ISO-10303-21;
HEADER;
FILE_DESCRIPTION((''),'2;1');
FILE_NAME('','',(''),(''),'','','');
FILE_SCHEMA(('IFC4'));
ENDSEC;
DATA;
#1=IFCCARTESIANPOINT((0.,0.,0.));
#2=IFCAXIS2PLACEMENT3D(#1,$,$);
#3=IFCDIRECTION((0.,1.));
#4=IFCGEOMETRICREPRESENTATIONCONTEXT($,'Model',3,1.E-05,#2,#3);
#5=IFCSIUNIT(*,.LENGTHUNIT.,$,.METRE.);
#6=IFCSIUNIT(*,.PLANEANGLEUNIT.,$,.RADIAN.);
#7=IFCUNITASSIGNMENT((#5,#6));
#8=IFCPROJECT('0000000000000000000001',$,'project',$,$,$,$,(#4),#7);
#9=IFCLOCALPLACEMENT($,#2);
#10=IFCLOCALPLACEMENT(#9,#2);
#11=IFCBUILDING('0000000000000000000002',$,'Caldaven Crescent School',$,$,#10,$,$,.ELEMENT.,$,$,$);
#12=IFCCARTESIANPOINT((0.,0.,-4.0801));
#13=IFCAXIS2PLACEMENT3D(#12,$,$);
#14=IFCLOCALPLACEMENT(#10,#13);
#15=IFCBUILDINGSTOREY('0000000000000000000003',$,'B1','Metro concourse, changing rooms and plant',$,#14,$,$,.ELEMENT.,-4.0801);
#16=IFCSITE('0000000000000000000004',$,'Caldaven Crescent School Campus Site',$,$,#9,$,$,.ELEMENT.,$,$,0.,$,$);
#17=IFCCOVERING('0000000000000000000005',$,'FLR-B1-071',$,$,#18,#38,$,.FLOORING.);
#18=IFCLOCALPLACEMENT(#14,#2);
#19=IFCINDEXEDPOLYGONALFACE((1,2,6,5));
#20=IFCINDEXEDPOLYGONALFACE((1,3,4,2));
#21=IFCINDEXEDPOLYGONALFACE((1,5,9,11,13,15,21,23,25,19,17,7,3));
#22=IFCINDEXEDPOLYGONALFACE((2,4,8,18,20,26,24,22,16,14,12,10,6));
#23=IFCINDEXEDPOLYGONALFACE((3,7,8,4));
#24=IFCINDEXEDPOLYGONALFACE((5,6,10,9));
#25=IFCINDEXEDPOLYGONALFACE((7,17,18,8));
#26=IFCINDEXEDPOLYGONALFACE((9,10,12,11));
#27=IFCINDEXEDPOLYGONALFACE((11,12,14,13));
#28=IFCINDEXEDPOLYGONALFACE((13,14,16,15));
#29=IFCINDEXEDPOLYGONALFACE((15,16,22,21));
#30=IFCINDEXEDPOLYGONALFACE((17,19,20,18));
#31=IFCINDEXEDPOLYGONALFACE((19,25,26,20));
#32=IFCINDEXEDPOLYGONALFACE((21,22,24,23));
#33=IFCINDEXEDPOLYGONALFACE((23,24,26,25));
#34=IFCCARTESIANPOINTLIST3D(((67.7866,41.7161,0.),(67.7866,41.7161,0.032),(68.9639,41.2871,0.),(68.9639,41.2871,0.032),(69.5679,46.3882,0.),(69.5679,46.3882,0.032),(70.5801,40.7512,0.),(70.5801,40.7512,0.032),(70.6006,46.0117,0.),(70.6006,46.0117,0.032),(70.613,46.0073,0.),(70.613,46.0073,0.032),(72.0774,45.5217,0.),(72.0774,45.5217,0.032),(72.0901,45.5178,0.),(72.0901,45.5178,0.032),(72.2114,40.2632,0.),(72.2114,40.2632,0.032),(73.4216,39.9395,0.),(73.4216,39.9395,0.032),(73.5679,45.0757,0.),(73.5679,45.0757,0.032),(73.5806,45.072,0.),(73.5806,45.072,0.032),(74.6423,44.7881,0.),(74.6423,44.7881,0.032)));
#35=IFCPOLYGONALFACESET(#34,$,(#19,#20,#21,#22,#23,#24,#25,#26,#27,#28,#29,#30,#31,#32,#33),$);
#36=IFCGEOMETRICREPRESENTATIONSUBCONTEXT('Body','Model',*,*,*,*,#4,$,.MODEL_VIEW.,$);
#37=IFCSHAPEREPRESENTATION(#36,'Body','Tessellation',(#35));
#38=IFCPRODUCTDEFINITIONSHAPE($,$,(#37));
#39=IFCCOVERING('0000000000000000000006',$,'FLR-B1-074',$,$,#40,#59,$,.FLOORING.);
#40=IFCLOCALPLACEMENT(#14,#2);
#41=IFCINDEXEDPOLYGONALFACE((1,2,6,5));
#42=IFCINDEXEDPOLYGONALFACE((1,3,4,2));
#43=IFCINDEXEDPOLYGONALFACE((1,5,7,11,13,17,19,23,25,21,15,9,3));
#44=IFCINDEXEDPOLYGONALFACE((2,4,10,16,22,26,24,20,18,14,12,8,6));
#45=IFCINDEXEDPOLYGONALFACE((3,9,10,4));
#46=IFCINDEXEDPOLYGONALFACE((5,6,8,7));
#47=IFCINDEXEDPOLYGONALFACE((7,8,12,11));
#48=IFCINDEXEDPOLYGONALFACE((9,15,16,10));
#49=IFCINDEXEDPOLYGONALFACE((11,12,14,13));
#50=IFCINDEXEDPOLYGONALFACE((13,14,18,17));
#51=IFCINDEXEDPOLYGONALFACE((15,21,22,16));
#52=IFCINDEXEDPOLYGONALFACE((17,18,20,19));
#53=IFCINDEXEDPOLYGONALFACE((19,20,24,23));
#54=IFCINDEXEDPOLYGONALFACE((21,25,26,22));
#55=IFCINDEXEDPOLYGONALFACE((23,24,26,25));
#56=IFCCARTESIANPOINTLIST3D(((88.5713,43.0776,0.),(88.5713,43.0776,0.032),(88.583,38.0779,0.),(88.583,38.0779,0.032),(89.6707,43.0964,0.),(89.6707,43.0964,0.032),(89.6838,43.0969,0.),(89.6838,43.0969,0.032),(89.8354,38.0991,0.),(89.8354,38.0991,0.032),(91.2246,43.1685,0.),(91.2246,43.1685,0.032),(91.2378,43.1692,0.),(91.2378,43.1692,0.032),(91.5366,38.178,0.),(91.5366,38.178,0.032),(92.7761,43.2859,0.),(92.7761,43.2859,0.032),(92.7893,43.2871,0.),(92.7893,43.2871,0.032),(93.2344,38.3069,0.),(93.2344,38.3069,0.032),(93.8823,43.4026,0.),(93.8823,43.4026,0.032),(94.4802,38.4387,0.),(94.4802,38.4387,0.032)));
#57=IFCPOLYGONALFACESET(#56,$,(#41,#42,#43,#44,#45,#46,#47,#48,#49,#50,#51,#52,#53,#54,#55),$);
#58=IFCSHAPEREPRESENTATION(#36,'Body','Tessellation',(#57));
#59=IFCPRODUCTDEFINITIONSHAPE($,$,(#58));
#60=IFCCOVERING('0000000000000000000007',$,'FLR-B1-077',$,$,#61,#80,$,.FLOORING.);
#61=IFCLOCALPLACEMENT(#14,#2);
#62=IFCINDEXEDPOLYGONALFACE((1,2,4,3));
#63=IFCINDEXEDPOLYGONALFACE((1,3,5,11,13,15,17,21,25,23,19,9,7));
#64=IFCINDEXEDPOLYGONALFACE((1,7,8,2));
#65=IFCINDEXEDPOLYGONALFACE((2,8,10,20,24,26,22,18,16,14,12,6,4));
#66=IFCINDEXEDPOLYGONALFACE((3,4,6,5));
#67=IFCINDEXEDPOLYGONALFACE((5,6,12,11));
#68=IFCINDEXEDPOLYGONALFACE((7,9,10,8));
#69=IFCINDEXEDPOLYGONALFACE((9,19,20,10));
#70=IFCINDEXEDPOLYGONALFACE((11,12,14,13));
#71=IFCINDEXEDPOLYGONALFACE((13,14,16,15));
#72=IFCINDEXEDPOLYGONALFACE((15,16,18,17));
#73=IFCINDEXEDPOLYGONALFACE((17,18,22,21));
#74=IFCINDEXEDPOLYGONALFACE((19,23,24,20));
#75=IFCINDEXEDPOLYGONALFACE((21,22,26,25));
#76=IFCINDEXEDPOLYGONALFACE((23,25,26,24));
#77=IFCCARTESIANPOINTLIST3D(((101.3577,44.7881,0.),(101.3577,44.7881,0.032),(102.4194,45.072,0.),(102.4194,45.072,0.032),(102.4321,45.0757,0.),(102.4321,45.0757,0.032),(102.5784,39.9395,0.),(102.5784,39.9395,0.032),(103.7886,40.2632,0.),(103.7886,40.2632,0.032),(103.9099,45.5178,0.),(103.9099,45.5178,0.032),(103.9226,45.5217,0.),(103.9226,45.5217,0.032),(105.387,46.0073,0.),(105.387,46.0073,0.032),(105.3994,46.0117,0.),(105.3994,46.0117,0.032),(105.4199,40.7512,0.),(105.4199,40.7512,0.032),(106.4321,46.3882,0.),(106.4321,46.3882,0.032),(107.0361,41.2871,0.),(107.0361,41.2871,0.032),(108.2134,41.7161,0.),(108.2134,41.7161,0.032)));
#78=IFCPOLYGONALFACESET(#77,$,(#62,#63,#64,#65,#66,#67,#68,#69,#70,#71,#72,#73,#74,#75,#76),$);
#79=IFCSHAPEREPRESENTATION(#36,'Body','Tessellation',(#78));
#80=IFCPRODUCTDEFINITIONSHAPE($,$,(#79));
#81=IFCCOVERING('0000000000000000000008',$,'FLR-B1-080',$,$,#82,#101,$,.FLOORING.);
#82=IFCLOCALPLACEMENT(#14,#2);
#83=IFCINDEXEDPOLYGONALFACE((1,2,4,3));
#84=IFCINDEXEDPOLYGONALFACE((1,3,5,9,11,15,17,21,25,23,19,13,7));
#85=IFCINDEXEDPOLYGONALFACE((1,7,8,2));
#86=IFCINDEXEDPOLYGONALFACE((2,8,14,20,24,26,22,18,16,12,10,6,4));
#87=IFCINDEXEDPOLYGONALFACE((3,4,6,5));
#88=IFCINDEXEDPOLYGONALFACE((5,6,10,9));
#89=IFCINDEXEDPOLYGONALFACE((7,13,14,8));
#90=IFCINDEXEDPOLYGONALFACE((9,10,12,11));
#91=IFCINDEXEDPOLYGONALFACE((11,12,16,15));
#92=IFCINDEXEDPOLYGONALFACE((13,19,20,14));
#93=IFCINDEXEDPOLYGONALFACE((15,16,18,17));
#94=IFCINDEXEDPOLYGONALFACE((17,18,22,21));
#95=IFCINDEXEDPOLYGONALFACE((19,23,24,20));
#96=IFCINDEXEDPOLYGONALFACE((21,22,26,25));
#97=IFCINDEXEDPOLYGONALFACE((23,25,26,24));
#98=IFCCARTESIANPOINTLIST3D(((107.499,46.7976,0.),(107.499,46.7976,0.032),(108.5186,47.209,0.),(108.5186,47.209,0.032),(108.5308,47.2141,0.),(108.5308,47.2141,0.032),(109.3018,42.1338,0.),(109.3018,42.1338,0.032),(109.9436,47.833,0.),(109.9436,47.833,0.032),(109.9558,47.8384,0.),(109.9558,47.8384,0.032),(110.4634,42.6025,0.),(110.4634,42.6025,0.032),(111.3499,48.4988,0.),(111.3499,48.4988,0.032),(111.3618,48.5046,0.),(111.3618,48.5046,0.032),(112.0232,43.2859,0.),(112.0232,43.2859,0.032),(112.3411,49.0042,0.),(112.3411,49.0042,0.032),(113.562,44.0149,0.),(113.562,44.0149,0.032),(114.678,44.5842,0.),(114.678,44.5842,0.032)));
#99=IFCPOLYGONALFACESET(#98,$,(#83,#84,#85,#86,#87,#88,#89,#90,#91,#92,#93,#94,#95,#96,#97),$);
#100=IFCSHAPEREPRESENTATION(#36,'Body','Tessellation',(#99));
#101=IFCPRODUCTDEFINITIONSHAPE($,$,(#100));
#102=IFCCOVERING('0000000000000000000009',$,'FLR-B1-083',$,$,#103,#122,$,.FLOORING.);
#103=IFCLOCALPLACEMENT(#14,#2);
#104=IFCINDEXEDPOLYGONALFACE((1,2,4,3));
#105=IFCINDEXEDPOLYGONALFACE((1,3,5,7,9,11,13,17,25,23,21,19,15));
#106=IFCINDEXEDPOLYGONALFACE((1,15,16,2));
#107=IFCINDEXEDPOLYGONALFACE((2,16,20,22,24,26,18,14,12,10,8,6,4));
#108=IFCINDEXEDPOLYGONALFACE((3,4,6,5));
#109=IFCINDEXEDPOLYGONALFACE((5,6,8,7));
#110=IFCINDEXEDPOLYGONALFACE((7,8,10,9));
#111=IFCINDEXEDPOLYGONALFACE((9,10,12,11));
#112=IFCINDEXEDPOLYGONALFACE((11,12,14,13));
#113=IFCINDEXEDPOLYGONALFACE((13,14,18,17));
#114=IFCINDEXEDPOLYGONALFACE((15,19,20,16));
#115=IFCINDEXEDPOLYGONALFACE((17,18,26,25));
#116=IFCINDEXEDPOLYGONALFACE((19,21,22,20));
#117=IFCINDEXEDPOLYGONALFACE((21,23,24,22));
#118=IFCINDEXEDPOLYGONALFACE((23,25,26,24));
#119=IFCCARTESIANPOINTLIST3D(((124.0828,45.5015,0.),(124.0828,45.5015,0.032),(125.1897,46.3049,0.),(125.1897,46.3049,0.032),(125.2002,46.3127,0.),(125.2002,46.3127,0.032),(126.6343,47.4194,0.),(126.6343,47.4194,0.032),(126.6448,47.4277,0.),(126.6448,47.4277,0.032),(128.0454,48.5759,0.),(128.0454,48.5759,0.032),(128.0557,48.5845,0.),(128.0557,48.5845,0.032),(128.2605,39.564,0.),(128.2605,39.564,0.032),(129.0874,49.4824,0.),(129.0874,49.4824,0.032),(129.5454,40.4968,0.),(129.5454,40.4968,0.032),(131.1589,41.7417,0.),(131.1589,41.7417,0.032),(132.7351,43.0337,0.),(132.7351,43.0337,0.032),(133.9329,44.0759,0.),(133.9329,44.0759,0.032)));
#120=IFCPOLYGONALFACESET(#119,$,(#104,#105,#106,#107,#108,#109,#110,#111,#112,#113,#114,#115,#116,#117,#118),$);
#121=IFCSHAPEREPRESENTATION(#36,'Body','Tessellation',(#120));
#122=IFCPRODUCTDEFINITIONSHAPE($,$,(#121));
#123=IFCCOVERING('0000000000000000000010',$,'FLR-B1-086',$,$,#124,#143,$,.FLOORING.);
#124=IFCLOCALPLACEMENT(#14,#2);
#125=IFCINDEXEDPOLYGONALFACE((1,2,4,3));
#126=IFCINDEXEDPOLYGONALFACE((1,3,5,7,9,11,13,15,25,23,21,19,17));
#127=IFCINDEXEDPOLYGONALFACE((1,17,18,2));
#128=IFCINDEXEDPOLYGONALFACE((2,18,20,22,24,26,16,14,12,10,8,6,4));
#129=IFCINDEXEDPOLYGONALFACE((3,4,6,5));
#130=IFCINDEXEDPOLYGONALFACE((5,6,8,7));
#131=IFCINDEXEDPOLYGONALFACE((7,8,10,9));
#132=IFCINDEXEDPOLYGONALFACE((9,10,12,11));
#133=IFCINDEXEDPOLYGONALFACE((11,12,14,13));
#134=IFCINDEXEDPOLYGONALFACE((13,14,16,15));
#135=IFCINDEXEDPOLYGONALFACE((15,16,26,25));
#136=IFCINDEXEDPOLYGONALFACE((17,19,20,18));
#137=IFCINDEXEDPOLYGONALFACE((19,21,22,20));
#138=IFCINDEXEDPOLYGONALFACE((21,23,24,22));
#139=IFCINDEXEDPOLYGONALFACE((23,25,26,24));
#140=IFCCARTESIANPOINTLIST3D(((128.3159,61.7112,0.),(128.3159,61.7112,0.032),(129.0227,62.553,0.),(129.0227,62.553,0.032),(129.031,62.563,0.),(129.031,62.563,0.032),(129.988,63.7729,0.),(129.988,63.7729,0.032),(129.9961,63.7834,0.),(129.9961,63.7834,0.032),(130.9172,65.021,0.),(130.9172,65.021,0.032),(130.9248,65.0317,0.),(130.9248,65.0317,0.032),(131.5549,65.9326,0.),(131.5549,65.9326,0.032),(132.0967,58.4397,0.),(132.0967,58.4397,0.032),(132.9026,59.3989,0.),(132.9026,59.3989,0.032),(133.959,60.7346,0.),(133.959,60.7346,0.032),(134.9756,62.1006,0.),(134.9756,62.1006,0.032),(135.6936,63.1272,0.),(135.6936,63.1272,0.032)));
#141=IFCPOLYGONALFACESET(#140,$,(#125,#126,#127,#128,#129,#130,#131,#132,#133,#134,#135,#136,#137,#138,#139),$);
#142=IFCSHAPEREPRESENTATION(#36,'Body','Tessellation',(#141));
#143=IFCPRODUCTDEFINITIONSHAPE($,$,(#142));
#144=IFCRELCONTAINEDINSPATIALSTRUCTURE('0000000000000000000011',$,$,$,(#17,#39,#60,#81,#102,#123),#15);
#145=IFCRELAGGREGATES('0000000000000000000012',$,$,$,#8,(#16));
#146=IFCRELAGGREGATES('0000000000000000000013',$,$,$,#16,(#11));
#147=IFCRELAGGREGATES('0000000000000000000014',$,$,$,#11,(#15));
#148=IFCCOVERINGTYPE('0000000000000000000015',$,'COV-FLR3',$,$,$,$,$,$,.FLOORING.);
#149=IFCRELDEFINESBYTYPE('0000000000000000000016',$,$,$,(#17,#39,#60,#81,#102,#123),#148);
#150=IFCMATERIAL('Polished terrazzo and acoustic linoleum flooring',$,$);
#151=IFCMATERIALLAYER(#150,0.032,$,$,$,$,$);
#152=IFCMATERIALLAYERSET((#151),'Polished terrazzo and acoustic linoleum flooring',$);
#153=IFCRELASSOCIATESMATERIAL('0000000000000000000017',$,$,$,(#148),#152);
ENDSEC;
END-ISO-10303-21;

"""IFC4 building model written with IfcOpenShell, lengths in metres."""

from ifc_helpers import new_model, si_unit, direction, frame, origin, place, context, subcontext, project, spatial, polyline, outline, extrude, material, layer, layer_set, type_object, element, save


model = new_model("IFC4")

# Units and contexts
model_context = context("Model", 3, precision=1e-05, world=origin(), true_north=direction((0.0, 1.0)))
body_context = subcontext(model_context, "Body", "Model", "MODEL_VIEW")
ifc_project = project(units=[si_unit("LENGTHUNIT", "METRE"), si_unit("PLANEANGLEUNIT", "RADIAN")], contexts=[model_context])

# Site, building, storey
site_placement = place(None, origin())
site = spatial("IfcSite", under=ifc_project, at=site_placement, Name="Caldaven Crescent School Campus Site", CompositionType="ELEMENT", RefElevation=0.0)
building_placement = place(site_placement, origin())
building = spatial("IfcBuilding", under=site, at=building_placement, Name="Caldaven Crescent School", CompositionType="ELEMENT")
storey_placement = place(building_placement, frame((0.0, 0.0, -4.0801)))
storey = spatial("IfcBuildingStorey", under=building, at=storey_placement, Name="B1", Description="Metro concourse, changing rooms and plant", CompositionType="ELEMENT", Elevation=-4.0801)

# Coverings
ifc_material = material(Name="Polished terrazzo and acoustic linoleum flooring")
ifc_layer_1 = layer(ifc_material, 0.032)
ifc_layer_set_1 = layer_set([ifc_layer_1], Name="Polished terrazzo and acoustic linoleum flooring")
covering_type_1 = type_object("IfcCoveringType", Name="COV-FLR3", PredefinedType="FLOORING", material=ifc_layer_set_1)
covering_1_placement = place(storey_placement, origin())
element("IfcCovering", 1, at=covering_1_placement, inside=storey, type_object=covering_type_1, Name="FLR-B1-071", PredefinedType="FLOORING", context=body_context, shape_type="SweptSolid", body=[
    extrude(outline(polyline([(69.5679, 46.3882), (70.6006, 46.0117), (70.613, 46.0073), (72.0774, 45.5217), (72.0901, 45.5178), (73.5679, 45.0757), (73.5806, 45.072), (74.6423, 44.7881), (73.4216, 39.9395), (72.2114, 40.2632), (70.5801, 40.7512), (68.9639, 41.2871), (67.7866, 41.7161), (69.5679, 46.3882)])), origin(), (0.0, 0.0, 1.0), 0.032),
])
covering_2_placement = place(storey_placement, origin())
element("IfcCovering", 2, at=covering_2_placement, inside=storey, type_object=covering_type_1, Name="FLR-B1-074", PredefinedType="FLOORING", context=body_context, shape_type="SweptSolid", body=[
    extrude(outline(polyline([(88.5713, 43.0776), (89.6707, 43.0964), (89.6838, 43.0969), (91.2246, 43.1685), (91.2378, 43.1692), (92.7761, 43.2859), (92.7893, 43.2871), (93.8823, 43.4026), (94.4802, 38.4387), (93.2344, 38.3069), (91.5366, 38.178), (89.8354, 38.0991), (88.583, 38.0779), (88.5713, 43.0776)])), origin(), (0.0, 0.0, 1.0), 0.032),
])
covering_3_placement = place(storey_placement, origin())
element("IfcCovering", 3, at=covering_3_placement, inside=storey, type_object=covering_type_1, Name="FLR-B1-077", PredefinedType="FLOORING", context=body_context, shape_type="SweptSolid", body=[
    extrude(outline(polyline([(101.3577, 44.7881), (102.4194, 45.072), (102.4321, 45.0757), (103.9099, 45.5178), (103.9226, 45.5217), (105.387, 46.0073), (105.3994, 46.0117), (106.4321, 46.3882), (108.2134, 41.7161), (107.0361, 41.2871), (105.4199, 40.7512), (103.7886, 40.2632), (102.5784, 39.9395), (101.3577, 44.7881)])), origin(), (0.0, 0.0, 1.0), 0.032),
])
covering_4_placement = place(storey_placement, origin())
element("IfcCovering", 4, at=covering_4_placement, inside=storey, type_object=covering_type_1, Name="FLR-B1-080", PredefinedType="FLOORING", context=body_context, shape_type="SweptSolid", body=[
    extrude(outline(polyline([(107.499, 46.7976), (108.5186, 47.209), (108.5308, 47.2141), (109.9436, 47.833), (109.9558, 47.8384), (111.3499, 48.4988), (111.3618, 48.5046), (112.3411, 49.0042), (114.678, 44.5842), (113.562, 44.0149), (112.0232, 43.2859), (110.4634, 42.6025), (109.3018, 42.1338), (107.499, 46.7976)])), origin(), (0.0, 0.0, 1.0), 0.032),
])
covering_5_placement = place(storey_placement, origin())
element("IfcCovering", 5, at=covering_5_placement, inside=storey, type_object=covering_type_1, Name="FLR-B1-083", PredefinedType="FLOORING", context=body_context, shape_type="SweptSolid", body=[
    extrude(outline(polyline([(124.0828, 45.5015), (125.1897, 46.3049), (125.2002, 46.3127), (126.6343, 47.4194), (126.6448, 47.4277), (128.0454, 48.5759), (128.0557, 48.5845), (129.0874, 49.4824), (133.9329, 44.0759), (132.7351, 43.0337), (131.1589, 41.7417), (129.5454, 40.4968), (128.2605, 39.564), (124.0828, 45.5015)])), origin(), (0.0, 0.0, 1.0), 0.032),
])
covering_6_placement = place(storey_placement, origin())
element("IfcCovering", 6, at=covering_6_placement, inside=storey, type_object=covering_type_1, Name="FLR-B1-086", PredefinedType="FLOORING", context=body_context, shape_type="SweptSolid", body=[
    extrude(outline(polyline([(128.3159, 61.7112), (129.0227, 62.553), (129.031, 62.563), (129.988, 63.7729), (129.9961, 63.7834), (130.9172, 65.021), (130.9248, 65.0317), (131.5549, 65.9326), (135.6936, 63.1272), (134.9756, 62.1006), (133.959, 60.7346), (132.9026, 59.3989), (132.0967, 58.4397), (128.3159, 61.7112)])), origin(), (0.0, 0.0, 1.0), 0.032),
])

save(model, "model.ifc")
